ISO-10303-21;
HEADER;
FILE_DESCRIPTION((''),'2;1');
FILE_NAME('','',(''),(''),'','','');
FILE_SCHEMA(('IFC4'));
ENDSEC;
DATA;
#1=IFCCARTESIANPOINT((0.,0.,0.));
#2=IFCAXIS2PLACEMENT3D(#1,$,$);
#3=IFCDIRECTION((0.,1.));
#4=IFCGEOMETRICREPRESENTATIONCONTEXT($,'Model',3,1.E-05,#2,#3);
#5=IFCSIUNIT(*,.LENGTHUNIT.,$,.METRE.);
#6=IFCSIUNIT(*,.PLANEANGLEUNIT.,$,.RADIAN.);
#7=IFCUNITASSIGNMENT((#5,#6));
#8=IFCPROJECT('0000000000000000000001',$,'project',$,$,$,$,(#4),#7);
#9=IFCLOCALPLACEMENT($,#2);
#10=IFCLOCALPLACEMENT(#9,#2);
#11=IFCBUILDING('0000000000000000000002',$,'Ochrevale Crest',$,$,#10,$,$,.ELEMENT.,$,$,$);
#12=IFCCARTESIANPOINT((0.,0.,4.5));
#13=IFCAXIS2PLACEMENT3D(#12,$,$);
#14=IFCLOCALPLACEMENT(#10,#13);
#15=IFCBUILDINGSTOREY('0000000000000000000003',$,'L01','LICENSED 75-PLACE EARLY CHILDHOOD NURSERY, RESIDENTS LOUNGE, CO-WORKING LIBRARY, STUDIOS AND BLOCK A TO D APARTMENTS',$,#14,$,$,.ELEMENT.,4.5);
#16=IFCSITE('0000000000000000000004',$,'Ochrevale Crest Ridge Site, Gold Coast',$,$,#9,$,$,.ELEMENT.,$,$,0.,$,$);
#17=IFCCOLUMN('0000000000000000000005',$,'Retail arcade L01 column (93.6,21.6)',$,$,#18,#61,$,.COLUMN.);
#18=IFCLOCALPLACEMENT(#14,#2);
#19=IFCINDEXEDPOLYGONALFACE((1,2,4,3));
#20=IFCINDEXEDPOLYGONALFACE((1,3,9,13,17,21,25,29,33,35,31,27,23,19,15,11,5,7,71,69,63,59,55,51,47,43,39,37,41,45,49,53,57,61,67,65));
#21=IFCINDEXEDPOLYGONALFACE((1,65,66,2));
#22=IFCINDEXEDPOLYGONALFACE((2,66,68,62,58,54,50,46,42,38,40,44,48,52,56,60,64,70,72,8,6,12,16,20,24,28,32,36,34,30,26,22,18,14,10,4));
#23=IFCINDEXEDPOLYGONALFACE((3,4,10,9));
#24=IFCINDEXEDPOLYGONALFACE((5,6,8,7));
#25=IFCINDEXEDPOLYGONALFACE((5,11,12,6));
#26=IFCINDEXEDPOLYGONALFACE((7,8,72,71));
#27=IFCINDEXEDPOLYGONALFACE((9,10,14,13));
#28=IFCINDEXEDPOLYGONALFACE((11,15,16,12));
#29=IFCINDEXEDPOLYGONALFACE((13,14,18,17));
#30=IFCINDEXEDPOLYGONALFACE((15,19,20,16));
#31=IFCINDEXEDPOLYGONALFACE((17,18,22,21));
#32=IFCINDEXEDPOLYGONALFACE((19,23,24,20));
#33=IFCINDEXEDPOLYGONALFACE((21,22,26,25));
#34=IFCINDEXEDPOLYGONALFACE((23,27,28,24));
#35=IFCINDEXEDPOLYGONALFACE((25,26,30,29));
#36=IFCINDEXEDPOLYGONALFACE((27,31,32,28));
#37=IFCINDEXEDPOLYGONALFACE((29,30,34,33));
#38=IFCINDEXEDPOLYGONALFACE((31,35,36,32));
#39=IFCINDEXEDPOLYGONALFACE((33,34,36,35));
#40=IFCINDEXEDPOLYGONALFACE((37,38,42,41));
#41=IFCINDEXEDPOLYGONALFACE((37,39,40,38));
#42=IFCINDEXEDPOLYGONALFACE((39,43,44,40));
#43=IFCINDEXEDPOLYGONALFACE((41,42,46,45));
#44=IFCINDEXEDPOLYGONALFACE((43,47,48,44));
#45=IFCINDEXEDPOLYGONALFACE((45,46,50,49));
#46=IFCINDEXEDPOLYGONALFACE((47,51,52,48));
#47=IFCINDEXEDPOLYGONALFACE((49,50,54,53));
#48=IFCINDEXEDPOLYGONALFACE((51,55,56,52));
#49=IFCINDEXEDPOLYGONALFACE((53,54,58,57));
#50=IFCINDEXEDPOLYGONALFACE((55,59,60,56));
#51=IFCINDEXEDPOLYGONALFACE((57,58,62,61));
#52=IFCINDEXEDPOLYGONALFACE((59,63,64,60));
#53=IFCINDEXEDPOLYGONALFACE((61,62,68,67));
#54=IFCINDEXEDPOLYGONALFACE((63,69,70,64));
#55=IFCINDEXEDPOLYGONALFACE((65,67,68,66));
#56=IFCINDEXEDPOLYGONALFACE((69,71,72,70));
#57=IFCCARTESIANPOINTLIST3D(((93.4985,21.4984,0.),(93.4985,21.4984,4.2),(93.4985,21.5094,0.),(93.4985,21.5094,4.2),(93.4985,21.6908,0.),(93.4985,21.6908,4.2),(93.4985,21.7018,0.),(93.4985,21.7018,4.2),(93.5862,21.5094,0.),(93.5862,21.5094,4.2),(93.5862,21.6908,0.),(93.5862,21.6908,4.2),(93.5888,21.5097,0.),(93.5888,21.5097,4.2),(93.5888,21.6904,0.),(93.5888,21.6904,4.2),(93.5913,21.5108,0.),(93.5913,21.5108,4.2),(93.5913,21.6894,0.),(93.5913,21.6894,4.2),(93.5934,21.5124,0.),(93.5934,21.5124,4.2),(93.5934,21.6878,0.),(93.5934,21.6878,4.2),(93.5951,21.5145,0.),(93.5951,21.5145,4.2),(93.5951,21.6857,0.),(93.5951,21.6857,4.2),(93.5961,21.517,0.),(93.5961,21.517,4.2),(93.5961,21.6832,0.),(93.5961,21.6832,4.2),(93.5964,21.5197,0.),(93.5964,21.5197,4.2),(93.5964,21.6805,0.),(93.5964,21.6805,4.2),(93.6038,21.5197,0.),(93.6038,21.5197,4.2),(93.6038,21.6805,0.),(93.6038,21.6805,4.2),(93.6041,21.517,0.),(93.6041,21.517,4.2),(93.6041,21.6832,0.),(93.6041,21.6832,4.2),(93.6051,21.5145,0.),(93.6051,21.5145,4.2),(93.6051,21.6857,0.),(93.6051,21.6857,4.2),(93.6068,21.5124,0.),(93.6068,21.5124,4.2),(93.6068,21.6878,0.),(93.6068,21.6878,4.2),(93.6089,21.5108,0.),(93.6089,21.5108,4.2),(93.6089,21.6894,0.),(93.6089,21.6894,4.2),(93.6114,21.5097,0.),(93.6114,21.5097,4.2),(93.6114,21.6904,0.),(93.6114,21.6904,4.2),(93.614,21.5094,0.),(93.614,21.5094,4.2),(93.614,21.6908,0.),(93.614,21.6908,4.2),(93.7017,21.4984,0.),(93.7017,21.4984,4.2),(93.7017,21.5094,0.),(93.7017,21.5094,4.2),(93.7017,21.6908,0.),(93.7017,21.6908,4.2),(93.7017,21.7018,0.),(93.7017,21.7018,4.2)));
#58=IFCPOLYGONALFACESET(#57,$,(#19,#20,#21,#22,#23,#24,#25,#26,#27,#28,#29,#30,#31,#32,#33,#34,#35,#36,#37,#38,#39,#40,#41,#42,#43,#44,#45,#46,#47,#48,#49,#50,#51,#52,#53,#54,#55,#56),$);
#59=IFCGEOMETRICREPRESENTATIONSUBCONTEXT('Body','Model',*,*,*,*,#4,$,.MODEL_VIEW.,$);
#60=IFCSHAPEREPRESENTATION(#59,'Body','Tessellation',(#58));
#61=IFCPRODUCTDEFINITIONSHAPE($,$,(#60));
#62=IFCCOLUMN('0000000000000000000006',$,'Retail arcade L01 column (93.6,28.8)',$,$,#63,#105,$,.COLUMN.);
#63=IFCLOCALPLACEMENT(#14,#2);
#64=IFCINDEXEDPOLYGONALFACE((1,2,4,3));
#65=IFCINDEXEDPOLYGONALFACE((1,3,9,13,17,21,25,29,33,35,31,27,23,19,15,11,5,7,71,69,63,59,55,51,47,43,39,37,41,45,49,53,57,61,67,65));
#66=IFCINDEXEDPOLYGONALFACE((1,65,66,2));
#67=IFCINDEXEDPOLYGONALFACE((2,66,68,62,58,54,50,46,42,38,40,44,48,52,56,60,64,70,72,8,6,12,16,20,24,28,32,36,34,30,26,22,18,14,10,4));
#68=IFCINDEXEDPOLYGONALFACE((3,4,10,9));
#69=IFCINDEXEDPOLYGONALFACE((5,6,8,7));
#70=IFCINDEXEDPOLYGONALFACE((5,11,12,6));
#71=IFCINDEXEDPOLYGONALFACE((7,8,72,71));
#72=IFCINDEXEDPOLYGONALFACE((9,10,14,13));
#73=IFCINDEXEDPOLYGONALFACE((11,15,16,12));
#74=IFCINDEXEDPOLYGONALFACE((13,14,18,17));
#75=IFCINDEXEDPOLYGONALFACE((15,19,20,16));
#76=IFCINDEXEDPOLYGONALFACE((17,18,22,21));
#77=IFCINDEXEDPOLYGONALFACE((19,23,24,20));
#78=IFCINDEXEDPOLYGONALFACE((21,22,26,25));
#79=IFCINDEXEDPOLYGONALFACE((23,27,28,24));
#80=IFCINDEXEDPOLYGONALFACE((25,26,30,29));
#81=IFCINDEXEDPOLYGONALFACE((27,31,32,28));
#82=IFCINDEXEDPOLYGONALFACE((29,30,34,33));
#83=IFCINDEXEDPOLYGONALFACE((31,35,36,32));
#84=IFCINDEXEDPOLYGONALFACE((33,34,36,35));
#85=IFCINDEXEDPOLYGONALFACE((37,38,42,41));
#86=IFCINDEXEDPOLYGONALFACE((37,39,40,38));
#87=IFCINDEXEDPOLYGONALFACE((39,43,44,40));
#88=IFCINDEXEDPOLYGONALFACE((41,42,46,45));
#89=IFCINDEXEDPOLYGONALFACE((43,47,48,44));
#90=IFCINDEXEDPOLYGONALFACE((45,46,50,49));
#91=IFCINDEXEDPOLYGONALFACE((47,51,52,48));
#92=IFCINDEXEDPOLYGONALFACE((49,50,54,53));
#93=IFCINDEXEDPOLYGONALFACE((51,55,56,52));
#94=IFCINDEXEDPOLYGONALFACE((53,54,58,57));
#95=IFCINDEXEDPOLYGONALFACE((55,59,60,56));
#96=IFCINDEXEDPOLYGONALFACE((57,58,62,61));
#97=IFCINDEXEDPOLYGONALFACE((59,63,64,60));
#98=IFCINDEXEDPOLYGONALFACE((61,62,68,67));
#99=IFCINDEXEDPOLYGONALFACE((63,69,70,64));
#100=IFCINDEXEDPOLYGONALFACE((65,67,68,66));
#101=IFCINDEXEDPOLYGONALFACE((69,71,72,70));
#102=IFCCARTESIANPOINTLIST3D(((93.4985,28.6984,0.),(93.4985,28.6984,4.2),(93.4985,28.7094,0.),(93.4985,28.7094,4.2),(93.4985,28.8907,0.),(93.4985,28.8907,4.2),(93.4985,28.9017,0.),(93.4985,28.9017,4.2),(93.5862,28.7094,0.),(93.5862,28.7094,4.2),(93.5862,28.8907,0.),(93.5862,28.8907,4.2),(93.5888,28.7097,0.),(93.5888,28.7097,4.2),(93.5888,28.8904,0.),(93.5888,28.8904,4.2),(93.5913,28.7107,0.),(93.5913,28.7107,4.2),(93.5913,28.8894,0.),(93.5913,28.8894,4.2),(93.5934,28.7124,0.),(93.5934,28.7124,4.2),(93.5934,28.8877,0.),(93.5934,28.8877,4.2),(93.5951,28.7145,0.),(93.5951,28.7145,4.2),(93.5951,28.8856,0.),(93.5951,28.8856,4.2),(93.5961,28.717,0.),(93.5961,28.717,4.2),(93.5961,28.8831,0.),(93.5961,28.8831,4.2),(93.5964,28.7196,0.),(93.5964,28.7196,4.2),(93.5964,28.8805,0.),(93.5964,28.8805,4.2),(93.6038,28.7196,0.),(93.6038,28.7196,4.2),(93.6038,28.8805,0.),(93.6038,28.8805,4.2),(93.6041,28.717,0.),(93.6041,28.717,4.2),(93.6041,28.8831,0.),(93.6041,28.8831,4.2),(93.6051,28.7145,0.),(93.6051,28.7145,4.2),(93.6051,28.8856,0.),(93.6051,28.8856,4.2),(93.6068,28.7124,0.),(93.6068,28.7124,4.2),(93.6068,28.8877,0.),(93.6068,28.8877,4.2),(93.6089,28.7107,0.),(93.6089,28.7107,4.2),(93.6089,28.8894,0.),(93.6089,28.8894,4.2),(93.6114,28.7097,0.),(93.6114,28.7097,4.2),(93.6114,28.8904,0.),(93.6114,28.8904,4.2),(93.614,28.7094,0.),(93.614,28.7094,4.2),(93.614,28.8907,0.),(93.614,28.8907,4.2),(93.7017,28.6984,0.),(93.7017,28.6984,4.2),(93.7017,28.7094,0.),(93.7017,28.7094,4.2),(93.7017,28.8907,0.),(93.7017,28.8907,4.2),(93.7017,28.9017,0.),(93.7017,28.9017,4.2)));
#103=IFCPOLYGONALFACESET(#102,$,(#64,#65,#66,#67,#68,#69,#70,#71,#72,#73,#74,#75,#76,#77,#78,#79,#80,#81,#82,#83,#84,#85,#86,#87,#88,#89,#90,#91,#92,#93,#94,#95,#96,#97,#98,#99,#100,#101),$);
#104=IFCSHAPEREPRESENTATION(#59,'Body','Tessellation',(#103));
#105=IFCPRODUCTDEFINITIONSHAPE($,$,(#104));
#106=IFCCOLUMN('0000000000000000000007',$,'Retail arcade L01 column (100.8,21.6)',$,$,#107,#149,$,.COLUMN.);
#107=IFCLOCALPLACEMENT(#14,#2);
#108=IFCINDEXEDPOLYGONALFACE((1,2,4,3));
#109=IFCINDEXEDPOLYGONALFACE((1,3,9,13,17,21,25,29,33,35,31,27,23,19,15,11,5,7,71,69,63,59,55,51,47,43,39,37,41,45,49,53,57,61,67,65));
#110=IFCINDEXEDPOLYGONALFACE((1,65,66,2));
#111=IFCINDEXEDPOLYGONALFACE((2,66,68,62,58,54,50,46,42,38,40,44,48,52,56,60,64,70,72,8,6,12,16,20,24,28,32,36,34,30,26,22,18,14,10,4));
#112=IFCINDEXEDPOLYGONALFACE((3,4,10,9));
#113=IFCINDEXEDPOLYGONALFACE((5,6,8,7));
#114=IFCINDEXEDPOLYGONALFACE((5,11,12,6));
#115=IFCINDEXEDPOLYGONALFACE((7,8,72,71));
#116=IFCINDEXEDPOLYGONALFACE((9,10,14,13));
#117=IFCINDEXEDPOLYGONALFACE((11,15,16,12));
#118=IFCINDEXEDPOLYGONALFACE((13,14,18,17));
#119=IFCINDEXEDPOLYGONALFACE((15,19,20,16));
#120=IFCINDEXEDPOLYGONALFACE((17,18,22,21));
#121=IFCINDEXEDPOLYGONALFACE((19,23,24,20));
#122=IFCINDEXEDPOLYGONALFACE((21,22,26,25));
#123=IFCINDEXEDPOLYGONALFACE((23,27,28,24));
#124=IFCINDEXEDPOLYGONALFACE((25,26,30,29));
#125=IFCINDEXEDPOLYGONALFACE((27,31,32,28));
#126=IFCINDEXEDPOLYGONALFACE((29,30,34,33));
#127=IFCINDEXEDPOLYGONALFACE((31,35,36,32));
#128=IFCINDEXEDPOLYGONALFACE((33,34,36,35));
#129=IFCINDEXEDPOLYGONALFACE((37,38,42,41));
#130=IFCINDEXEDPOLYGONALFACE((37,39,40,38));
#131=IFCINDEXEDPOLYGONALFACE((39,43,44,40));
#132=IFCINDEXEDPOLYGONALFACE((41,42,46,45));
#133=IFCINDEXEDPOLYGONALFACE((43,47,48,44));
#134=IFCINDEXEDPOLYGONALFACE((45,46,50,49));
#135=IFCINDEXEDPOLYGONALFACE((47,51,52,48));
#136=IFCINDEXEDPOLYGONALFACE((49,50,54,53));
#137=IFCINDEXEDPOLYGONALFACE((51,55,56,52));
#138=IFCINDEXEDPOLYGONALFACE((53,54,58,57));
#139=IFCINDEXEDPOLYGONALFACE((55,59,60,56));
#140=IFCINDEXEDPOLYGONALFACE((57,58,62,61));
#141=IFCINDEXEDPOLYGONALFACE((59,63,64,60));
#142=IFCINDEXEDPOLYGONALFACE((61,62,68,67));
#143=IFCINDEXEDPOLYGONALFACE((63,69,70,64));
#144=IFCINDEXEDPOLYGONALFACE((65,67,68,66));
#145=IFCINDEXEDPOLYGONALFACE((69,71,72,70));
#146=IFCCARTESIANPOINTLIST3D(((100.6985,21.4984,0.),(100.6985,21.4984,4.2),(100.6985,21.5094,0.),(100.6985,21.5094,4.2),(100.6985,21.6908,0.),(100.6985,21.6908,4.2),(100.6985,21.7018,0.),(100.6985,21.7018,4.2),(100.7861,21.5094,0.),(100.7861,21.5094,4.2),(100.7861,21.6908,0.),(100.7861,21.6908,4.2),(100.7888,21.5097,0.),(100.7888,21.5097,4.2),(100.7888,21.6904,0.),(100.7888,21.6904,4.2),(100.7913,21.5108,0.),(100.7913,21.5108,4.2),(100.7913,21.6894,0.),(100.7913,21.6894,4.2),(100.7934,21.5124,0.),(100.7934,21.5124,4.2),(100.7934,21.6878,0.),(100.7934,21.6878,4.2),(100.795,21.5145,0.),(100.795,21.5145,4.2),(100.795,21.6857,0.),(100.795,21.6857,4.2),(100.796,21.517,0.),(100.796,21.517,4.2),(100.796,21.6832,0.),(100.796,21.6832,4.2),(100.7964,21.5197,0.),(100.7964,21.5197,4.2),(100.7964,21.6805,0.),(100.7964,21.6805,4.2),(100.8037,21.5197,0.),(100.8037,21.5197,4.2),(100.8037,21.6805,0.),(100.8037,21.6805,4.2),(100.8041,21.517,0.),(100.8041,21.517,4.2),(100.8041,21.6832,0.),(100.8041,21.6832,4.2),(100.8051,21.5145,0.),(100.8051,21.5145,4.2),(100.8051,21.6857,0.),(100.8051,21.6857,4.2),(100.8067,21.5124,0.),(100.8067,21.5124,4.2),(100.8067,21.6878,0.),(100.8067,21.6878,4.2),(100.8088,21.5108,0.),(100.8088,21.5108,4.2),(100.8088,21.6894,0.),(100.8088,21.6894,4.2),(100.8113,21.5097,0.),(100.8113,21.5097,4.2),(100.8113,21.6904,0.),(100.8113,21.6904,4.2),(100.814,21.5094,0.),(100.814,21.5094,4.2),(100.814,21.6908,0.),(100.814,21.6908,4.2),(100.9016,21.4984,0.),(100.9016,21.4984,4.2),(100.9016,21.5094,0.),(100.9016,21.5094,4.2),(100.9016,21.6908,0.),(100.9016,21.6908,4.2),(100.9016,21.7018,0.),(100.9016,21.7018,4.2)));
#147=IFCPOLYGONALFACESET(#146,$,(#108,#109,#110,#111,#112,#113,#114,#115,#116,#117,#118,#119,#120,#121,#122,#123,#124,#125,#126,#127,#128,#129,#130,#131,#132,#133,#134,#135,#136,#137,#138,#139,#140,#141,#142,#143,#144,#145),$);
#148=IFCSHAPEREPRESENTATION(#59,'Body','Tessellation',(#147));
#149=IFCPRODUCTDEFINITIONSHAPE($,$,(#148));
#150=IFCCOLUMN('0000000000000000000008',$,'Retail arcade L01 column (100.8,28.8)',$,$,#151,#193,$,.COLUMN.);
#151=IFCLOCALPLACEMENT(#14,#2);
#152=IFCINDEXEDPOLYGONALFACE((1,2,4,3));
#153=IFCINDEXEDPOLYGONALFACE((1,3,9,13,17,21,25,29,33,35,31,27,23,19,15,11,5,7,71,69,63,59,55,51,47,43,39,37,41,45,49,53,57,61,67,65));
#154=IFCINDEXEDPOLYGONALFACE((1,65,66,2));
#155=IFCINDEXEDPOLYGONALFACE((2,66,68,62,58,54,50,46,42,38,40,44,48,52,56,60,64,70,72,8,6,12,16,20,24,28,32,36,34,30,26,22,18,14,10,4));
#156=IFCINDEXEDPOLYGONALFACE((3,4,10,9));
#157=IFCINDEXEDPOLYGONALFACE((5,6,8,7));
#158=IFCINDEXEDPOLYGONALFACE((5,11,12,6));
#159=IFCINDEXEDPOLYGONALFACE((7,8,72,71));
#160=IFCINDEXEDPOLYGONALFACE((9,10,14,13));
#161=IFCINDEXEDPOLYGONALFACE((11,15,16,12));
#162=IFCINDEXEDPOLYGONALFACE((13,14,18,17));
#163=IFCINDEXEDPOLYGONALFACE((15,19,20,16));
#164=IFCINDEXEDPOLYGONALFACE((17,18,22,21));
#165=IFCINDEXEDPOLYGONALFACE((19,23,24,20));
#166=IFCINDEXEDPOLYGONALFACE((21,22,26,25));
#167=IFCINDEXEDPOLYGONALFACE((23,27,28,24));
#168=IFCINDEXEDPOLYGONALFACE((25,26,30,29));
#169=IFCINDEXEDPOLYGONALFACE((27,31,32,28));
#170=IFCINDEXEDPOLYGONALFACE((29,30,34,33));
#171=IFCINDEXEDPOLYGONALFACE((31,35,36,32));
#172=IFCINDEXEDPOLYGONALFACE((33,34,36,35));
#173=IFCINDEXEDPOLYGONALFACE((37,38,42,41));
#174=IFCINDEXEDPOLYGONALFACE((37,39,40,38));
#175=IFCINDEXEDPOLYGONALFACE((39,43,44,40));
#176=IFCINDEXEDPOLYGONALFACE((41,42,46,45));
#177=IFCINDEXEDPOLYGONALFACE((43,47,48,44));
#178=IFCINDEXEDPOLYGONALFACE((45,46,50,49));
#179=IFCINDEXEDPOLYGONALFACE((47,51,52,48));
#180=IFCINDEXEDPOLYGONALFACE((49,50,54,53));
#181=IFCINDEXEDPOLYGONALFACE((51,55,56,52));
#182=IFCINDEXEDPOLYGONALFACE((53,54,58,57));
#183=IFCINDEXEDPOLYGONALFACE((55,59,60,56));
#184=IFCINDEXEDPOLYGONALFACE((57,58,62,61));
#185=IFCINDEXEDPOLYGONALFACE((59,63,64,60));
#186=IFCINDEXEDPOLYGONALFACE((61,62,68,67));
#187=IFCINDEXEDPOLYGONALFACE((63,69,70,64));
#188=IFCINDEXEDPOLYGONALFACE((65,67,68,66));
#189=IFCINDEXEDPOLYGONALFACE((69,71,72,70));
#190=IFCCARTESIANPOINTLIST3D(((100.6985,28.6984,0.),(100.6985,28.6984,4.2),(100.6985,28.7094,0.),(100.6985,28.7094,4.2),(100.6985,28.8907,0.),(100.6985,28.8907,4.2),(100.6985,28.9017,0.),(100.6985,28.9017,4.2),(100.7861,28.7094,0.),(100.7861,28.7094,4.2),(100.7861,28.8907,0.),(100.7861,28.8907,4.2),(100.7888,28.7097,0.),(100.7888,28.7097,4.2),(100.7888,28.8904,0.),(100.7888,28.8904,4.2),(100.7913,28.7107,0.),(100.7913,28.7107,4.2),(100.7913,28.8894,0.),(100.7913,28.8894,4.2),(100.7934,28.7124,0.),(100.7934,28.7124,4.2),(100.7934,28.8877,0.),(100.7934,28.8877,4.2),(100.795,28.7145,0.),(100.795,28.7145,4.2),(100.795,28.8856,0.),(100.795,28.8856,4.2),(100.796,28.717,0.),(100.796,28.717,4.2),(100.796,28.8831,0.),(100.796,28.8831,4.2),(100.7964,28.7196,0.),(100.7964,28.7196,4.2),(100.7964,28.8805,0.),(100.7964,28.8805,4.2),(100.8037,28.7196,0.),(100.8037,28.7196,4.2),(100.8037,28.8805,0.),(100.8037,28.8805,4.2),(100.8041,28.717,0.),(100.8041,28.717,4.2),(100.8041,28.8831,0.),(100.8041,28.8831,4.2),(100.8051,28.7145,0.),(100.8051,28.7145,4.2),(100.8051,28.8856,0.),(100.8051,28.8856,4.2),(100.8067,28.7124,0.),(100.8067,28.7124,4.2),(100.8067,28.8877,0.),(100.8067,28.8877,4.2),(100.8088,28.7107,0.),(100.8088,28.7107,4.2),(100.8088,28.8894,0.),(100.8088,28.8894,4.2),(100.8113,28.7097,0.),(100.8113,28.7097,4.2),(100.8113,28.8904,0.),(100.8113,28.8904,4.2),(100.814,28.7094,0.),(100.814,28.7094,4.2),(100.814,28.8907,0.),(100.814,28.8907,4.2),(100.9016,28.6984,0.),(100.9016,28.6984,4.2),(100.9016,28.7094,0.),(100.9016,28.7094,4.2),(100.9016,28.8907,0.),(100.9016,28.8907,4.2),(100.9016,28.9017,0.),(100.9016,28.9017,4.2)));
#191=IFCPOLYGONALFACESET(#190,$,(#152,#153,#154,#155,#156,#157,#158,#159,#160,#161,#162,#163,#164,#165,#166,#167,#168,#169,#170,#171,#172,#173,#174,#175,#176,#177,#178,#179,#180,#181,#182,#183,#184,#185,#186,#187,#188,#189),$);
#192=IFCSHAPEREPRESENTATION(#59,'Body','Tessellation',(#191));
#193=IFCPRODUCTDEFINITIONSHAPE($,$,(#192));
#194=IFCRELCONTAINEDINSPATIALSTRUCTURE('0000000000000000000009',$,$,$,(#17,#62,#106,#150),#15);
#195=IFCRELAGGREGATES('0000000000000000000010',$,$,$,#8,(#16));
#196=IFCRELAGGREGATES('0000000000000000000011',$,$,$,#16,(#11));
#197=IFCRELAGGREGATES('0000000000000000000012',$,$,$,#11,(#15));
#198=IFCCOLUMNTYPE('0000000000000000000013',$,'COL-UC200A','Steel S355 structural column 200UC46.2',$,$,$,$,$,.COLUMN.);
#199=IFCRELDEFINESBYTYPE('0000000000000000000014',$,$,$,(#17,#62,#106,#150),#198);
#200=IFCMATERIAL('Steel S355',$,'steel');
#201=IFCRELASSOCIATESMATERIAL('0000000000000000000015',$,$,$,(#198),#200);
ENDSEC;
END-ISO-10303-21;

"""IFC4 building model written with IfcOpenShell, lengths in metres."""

from ifc_helpers import new_model, si_unit, direction, frame, origin, origin_2d, place, context, subcontext, project, spatial, i_section, extrude, material, material_profile, profile_set, type_object, element, save


model = new_model("IFC4")

# Units and contexts
model_context = context("Model", 3, precision=1e-05, world=origin(), true_north=direction((0.0, 1.0)))
body_context = subcontext(model_context, "Body", "Model", "MODEL_VIEW")
ifc_project = project(units=[si_unit("LENGTHUNIT", "METRE"), si_unit("PLANEANGLEUNIT", "RADIAN")], contexts=[model_context])

# Site, building, storey
site_placement = place(None, origin())
site = spatial("IfcSite", under=ifc_project, at=site_placement, Name="Ochrevale Crest Ridge Site, Gold Coast", CompositionType="ELEMENT", RefElevation=0.0)
building_placement = place(site_placement, origin())
building = spatial("IfcBuilding", under=site, at=building_placement, Name="Ochrevale Crest", CompositionType="ELEMENT")
storey_placement = place(building_placement, frame((0.0, 0.0, 4.5)))
storey = spatial("IfcBuildingStorey", under=building, at=storey_placement, Name="L01", Description="LICENSED 75-PLACE EARLY CHILDHOOD NURSERY, RESIDENTS LOUNGE, CO-WORKING LIBRARY, STUDIOS AND BLOCK A TO D APARTMENTS", CompositionType="ELEMENT", Elevation=4.5)

# Columns
ifc_material_1 = material(Name="Steel S355", Category="steel")
ifc_material_profile_1 = material_profile(ifc_material_1, i_section(OverallWidth=0.2031, OverallDepth=0.2034, WebThickness=0.0073, FlangeThickness=0.011, FilletRadius=0.0103, at=origin_2d()), Name="200UC46.2")
ifc_profile_set_1 = profile_set([ifc_material_profile_1], Name="Steel S355")
column_type = type_object("IfcColumnType", Name="COL-UC200A", Description="Steel S355 structural column 200UC46.2", PredefinedType="COLUMN", material=ifc_profile_set_1)
for number, where, z_axis, x_axis, name in (
    (1, (93.6001, 21.6001, 0.0), (0.0, 0.0, 1.0), (1.0, 0.0, 0.0), "Retail arcade L01 column (93.6,21.6)"),
    (2, (93.6001, 28.8, 0.0), (0.0, 0.0, 1.0), (1.0, 0.0, 0.0), "Retail arcade L01 column (93.6,28.8)"),
    (3, (100.8, 21.6001, 0.0), (0.0, 0.0, 1.0), (1.0, 0.0, 0.0), "Retail arcade L01 column (100.8,21.6)"),
    (4, (100.8, 28.8, 0.0), (0.0, 0.0, 1.0), (1.0, 0.0, 0.0), "Retail arcade L01 column (100.8,28.8)"),
):
    element("IfcColumn", number, at=place(storey_placement, frame(where, z_axis=z_axis, x_axis=x_axis)), inside=storey, type_object=column_type, Name=name, PredefinedType="COLUMN", context=body_context, shape_type="SweptSolid", body=[
        extrude(i_section(OverallWidth=0.2031, OverallDepth=0.2034, WebThickness=0.0073, FlangeThickness=0.011, FilletRadius=0.0103, at=origin_2d()), origin(), (0.0, 0.0, 1.0), 4.2),
    ])

save(model, "model.ifc")
